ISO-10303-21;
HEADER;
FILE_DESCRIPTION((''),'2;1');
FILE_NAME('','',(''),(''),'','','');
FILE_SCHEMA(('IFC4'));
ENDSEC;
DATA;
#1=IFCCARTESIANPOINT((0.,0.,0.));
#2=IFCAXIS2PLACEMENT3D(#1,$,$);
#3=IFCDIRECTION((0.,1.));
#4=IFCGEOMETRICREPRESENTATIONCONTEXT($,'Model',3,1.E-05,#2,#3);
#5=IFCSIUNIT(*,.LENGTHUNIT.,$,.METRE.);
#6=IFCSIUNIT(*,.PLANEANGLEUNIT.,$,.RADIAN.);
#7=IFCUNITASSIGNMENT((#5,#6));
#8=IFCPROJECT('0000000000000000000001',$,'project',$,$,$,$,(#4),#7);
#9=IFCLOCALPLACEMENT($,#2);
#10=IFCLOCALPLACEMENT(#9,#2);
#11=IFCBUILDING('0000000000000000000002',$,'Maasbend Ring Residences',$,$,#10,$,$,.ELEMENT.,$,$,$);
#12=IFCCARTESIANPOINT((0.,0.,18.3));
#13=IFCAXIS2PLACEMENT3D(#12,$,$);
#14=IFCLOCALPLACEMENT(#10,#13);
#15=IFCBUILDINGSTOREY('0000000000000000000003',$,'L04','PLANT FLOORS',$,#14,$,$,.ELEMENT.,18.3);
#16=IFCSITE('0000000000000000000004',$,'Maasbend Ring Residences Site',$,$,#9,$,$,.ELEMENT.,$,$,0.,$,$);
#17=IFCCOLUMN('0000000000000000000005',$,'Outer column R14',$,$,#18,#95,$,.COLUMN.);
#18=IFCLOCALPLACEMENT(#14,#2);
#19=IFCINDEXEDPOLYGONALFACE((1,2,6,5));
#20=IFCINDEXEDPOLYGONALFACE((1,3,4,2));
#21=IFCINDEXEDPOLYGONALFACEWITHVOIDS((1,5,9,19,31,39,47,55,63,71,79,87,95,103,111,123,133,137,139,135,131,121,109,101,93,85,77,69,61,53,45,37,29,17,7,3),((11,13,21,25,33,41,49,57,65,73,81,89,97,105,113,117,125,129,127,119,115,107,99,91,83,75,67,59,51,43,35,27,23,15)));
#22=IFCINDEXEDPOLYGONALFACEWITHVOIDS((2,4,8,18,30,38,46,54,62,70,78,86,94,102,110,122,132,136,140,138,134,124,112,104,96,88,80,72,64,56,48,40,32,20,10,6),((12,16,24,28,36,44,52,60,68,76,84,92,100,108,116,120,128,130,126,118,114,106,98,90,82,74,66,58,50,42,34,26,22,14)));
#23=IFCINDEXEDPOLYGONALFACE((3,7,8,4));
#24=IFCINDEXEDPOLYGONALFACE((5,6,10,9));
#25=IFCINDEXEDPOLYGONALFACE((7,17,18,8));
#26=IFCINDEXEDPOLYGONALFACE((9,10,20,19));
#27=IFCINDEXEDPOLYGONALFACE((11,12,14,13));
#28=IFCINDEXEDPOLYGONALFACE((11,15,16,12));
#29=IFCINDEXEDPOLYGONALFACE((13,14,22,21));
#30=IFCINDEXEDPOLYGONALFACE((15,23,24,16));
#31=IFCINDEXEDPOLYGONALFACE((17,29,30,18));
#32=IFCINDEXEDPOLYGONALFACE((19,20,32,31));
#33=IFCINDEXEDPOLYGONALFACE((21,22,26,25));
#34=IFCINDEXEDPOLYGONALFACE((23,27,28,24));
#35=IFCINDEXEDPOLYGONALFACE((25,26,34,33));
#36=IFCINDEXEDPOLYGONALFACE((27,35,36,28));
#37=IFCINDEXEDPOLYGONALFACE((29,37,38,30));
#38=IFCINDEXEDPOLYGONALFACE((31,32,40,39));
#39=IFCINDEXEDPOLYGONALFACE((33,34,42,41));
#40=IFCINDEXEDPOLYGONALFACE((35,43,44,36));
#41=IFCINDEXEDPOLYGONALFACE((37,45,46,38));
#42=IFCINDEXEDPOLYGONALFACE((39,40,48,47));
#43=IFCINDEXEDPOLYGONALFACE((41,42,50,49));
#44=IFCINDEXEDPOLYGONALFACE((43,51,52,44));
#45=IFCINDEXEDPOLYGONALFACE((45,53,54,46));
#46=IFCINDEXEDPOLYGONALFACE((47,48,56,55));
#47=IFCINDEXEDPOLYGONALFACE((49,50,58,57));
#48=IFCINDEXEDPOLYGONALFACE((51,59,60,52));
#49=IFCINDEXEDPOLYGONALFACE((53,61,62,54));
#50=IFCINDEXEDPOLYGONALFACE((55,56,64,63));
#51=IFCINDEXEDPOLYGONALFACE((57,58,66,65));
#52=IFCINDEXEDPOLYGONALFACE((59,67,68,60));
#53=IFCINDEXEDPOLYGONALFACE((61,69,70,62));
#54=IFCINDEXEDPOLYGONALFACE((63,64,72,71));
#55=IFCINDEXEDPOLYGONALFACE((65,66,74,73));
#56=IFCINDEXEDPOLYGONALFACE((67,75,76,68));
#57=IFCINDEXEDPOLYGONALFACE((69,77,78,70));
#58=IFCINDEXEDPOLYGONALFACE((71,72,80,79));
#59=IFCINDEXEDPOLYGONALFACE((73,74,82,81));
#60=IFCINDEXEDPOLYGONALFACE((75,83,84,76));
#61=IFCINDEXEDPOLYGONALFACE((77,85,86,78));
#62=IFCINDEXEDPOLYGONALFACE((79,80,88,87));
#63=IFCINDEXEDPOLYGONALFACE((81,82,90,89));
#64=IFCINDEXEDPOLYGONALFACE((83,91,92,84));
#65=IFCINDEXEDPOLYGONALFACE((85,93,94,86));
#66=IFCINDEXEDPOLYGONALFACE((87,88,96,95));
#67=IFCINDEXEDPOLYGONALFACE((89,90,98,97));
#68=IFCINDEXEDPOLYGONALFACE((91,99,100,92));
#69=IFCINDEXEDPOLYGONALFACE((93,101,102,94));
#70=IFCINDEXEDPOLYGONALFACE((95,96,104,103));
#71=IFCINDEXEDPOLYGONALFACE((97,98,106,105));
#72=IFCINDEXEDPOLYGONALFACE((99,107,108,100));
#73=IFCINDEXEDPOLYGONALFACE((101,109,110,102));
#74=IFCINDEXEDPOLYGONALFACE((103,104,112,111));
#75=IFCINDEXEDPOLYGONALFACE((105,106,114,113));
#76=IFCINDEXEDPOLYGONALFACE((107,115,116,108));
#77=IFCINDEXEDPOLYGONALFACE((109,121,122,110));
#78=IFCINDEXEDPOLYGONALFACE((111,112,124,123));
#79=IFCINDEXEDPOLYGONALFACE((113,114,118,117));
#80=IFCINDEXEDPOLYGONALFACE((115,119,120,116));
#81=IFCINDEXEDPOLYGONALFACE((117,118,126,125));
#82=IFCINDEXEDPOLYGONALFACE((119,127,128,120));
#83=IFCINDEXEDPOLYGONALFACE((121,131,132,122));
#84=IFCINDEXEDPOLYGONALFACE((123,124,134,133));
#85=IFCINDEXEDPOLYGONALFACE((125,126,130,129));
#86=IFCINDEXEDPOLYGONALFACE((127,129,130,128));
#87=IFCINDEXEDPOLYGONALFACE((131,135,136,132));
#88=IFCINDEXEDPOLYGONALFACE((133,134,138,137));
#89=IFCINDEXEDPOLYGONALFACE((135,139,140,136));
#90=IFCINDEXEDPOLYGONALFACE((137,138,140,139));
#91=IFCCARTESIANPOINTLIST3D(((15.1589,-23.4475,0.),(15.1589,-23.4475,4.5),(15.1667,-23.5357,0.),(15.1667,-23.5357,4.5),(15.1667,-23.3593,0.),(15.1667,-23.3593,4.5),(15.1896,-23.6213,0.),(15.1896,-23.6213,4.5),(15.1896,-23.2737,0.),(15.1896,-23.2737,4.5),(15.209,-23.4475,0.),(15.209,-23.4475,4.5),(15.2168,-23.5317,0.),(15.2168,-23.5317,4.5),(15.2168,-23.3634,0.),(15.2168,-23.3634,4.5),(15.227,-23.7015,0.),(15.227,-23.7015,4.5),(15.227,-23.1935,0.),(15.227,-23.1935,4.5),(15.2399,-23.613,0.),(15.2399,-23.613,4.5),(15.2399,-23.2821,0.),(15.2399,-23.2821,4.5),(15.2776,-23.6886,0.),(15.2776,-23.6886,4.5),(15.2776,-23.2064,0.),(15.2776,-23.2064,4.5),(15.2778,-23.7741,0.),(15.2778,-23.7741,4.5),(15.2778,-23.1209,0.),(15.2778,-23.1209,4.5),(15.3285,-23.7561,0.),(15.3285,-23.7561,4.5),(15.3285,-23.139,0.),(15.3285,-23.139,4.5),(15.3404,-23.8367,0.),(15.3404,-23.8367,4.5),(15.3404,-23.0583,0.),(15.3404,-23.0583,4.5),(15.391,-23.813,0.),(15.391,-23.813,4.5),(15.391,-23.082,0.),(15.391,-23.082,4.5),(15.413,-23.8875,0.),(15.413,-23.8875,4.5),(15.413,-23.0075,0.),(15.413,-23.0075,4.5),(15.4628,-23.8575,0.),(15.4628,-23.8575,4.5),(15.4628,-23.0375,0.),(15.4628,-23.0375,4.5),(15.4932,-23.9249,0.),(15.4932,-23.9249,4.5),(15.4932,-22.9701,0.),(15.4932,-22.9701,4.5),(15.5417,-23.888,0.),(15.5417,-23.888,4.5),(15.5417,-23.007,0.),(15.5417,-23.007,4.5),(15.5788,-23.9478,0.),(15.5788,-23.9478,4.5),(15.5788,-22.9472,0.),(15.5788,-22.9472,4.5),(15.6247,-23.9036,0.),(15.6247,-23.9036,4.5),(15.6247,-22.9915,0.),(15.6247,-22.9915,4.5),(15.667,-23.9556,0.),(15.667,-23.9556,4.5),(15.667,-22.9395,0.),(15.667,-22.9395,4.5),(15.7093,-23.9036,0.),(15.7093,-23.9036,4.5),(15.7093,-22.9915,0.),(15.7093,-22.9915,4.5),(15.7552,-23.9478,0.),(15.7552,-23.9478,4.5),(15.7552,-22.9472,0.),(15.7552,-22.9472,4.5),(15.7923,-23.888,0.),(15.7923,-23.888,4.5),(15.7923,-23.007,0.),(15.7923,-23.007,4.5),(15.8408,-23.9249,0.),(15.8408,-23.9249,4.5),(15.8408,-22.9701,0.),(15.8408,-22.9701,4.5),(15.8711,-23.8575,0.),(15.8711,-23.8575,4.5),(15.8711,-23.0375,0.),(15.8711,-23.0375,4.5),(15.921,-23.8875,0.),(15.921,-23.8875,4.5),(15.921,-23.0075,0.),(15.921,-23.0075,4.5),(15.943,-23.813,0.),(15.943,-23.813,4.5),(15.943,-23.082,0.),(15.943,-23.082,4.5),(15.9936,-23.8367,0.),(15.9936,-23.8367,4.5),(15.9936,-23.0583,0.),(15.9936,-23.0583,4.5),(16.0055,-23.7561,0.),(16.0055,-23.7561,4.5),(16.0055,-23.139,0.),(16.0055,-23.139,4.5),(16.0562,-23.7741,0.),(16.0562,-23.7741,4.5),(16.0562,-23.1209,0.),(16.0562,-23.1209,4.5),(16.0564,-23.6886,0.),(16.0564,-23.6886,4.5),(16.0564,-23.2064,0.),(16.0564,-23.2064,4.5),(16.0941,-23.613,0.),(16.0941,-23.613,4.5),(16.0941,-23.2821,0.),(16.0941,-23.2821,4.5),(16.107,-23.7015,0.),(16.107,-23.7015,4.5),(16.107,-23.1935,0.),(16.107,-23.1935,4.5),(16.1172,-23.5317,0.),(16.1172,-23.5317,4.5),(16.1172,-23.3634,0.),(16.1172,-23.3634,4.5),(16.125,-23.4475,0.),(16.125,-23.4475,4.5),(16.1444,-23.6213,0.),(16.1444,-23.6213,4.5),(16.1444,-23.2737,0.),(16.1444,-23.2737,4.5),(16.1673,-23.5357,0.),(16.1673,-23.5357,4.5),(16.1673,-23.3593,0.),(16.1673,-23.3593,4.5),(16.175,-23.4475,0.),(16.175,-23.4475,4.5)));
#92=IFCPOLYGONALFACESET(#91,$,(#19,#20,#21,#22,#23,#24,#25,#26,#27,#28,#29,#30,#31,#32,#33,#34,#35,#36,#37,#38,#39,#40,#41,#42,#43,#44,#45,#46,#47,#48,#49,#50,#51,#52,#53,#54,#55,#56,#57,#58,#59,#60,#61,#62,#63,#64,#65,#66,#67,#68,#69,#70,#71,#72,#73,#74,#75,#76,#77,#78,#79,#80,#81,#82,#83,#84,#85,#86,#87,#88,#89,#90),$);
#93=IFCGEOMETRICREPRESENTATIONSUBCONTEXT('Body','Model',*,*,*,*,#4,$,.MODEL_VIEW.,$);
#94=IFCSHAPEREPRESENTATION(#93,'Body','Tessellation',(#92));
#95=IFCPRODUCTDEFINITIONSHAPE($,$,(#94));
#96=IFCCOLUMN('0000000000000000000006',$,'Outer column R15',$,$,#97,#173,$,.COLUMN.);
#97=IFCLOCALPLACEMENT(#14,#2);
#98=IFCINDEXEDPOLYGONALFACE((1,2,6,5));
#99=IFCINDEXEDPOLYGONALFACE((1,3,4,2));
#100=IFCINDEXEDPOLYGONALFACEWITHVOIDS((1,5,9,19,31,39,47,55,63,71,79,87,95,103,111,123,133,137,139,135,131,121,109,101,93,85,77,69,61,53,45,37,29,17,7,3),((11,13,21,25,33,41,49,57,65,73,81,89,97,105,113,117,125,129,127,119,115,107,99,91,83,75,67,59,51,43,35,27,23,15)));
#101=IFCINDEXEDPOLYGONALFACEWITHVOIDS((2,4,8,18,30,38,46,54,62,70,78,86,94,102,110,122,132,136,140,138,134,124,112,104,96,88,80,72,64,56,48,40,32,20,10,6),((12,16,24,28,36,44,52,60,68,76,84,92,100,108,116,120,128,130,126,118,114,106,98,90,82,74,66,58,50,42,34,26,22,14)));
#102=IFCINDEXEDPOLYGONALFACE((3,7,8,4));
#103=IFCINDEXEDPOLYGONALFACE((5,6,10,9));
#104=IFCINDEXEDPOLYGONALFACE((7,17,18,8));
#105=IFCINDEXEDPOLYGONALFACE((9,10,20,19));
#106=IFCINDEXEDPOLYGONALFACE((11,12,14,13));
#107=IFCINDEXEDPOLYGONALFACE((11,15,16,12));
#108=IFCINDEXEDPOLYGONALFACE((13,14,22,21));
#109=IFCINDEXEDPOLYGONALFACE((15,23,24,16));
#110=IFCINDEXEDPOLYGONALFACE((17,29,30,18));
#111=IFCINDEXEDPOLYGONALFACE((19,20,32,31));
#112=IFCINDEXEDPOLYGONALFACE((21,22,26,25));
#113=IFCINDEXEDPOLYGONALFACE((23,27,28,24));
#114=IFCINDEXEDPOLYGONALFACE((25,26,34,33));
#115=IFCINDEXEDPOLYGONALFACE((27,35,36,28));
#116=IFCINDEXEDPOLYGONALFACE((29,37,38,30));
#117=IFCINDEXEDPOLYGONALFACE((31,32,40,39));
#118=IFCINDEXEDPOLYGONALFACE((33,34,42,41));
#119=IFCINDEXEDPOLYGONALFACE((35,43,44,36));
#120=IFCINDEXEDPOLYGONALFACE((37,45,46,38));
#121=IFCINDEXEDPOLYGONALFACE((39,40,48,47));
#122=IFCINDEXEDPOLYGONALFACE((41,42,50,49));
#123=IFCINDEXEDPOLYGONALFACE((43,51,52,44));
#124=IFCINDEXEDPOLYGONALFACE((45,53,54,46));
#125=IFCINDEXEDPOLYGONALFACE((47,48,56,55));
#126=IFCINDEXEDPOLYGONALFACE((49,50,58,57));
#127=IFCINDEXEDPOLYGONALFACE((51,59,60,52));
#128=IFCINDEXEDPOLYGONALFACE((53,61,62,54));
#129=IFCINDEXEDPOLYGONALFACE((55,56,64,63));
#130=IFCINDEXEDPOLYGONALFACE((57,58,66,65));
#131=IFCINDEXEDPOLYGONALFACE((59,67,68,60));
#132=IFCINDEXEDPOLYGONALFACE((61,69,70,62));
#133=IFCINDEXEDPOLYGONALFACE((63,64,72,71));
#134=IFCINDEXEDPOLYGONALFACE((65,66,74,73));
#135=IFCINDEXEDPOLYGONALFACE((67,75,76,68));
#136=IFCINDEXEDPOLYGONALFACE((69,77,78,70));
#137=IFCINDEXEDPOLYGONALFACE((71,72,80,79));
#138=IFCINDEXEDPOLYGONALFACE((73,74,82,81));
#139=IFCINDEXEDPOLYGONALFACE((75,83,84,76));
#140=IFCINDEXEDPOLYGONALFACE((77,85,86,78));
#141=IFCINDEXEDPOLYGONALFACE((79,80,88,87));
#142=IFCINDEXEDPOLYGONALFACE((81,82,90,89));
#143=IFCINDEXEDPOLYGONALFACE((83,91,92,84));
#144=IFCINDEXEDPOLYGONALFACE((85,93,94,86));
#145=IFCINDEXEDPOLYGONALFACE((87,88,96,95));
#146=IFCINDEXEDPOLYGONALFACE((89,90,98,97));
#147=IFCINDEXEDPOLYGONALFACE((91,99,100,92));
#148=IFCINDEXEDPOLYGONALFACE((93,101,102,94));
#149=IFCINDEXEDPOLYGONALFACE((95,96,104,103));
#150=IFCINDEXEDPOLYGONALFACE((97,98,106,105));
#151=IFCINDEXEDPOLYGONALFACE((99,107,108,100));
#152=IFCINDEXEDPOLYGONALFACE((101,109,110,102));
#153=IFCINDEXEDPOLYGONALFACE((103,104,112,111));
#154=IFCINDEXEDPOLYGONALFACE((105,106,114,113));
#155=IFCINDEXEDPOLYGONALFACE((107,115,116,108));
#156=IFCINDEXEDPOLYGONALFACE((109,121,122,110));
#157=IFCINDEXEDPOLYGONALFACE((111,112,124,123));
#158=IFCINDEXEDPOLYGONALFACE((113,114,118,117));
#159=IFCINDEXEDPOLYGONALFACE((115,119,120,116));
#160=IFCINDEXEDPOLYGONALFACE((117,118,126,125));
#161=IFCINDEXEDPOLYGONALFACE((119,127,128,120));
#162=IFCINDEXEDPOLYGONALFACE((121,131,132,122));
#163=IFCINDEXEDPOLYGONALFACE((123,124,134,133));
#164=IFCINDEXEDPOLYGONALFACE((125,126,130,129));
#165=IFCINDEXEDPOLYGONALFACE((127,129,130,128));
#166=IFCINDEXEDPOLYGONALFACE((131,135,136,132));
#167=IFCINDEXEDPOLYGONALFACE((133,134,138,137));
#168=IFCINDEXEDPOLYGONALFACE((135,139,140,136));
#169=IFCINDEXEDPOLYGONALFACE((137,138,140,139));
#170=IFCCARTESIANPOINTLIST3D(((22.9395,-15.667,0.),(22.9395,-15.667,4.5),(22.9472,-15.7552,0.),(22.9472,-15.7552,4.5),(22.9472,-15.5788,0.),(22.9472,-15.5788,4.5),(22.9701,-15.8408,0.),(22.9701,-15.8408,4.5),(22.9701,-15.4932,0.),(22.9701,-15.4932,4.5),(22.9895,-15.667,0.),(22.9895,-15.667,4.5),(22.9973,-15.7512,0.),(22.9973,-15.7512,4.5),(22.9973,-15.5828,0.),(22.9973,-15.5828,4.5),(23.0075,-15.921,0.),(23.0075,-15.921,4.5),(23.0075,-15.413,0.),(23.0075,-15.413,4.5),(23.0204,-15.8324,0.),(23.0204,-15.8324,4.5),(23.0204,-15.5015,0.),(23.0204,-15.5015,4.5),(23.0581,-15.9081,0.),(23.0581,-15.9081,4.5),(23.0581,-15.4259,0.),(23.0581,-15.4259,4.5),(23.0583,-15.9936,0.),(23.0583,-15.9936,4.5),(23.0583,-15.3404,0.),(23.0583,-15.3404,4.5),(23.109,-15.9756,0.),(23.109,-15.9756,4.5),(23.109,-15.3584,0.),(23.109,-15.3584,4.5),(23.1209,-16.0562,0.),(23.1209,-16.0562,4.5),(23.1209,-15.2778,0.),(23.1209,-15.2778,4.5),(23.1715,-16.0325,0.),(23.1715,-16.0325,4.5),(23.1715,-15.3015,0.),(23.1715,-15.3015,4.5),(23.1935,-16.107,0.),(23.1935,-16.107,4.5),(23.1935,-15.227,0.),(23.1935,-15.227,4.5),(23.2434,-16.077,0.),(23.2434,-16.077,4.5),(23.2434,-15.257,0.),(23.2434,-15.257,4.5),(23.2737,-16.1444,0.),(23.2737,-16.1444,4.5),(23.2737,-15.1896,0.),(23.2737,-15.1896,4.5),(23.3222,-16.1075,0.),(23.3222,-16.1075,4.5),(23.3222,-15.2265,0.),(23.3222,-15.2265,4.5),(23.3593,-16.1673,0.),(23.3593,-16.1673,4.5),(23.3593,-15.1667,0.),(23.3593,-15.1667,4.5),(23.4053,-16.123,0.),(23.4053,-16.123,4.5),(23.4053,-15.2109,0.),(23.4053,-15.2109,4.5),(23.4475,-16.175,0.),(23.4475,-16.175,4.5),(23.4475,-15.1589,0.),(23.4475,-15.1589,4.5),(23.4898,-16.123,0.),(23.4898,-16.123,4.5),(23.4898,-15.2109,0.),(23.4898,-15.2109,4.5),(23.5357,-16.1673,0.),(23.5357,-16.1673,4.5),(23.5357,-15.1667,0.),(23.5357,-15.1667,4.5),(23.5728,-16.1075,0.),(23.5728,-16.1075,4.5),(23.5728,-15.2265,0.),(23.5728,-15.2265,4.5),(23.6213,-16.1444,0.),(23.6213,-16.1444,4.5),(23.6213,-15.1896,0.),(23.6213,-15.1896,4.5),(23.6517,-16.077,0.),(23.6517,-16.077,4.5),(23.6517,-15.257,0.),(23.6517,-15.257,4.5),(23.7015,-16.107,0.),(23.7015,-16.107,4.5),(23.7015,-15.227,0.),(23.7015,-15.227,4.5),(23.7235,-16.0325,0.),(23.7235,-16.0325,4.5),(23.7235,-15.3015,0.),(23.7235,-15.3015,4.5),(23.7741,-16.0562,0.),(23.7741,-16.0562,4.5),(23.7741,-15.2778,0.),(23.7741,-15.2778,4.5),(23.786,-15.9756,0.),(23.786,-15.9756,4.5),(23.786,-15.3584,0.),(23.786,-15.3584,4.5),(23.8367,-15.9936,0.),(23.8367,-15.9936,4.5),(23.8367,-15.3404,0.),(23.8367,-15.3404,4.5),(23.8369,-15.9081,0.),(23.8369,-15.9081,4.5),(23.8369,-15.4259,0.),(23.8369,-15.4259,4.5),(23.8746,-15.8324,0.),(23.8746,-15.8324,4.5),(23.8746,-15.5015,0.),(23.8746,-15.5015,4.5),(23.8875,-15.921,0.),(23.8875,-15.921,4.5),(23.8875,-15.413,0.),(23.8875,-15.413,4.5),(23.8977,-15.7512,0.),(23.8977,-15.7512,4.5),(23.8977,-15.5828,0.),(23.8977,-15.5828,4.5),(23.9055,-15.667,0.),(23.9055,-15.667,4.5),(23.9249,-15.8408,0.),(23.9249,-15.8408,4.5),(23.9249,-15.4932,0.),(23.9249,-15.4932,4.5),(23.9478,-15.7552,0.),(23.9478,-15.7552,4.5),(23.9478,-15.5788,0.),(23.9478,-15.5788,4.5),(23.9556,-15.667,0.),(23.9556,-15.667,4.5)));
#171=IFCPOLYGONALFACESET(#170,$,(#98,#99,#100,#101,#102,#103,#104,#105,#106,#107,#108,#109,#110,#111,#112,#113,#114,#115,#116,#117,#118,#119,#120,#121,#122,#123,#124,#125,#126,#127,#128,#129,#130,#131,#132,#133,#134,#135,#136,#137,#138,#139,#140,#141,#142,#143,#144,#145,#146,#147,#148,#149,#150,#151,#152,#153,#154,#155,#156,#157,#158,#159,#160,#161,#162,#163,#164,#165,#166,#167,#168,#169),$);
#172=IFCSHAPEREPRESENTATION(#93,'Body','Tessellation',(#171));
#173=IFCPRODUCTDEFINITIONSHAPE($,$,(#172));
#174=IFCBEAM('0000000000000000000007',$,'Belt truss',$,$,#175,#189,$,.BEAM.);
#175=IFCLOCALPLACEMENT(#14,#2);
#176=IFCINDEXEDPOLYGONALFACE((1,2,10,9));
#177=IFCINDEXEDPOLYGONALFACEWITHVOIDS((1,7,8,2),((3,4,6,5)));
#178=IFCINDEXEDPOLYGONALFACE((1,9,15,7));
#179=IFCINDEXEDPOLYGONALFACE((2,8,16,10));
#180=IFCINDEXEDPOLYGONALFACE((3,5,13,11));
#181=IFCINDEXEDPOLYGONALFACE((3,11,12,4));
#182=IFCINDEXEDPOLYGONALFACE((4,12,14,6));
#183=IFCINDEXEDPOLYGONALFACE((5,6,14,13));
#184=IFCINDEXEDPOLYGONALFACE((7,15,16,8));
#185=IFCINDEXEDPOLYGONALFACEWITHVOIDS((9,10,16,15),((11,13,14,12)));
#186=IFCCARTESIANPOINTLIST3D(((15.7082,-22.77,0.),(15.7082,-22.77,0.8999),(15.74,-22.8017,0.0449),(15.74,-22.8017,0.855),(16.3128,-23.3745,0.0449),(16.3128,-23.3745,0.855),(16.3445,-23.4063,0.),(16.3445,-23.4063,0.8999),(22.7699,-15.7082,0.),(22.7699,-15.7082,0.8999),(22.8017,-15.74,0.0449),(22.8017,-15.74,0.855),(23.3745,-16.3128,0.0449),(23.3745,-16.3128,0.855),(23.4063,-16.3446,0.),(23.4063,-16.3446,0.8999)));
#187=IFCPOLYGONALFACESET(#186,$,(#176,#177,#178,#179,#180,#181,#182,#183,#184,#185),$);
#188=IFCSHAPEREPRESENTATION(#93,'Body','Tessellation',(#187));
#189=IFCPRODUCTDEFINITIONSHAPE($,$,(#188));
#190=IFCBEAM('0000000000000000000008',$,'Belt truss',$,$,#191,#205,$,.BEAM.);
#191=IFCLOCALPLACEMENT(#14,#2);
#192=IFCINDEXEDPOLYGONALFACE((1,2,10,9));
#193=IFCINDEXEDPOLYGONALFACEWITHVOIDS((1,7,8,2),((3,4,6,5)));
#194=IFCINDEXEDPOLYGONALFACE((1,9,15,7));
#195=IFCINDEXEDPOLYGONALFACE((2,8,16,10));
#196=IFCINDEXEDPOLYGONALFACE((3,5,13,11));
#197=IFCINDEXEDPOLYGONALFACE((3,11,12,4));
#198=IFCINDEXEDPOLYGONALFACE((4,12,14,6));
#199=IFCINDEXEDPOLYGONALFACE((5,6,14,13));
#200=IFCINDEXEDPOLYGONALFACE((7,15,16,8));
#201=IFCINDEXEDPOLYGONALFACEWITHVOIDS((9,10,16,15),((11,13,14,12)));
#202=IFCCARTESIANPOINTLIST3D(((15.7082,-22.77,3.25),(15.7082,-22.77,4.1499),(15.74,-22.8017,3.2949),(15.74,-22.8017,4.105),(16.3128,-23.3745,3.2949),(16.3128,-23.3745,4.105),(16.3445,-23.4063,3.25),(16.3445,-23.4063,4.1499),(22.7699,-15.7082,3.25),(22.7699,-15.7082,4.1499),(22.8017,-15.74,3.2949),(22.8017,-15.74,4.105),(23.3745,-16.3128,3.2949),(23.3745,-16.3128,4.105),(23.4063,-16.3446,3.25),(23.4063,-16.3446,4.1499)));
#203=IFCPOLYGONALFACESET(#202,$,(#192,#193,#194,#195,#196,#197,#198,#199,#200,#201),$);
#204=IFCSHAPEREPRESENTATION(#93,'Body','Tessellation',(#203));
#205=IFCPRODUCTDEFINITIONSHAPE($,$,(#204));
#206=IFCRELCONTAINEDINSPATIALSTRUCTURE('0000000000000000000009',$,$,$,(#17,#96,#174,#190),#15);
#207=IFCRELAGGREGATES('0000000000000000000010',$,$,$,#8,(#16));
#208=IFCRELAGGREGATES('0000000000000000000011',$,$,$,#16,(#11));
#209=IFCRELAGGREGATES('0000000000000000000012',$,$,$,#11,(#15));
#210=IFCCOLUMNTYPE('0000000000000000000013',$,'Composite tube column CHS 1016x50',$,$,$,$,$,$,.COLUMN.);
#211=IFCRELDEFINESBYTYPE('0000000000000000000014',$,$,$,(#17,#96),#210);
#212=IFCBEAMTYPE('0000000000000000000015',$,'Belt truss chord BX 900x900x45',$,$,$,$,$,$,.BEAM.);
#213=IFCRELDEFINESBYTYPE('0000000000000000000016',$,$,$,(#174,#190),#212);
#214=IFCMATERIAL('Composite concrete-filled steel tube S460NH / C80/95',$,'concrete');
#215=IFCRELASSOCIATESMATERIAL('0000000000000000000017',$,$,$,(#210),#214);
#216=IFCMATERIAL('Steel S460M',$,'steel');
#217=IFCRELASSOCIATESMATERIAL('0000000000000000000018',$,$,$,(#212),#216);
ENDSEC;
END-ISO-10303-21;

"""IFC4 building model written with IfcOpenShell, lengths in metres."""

from ifc_helpers import new_model, si_unit, direction, frame, origin, origin_2d, place, context, subcontext, project, spatial, hollow_rectangle, hollow_circle, extrude, material, material_profile, profile_set, type_object, element, save


model = new_model("IFC4")

# Units and contexts
model_context = context("Model", 3, precision=1e-05, world=origin(), true_north=direction((0.0, 1.0)))
body_context = subcontext(model_context, "Body", "Model", "MODEL_VIEW")
ifc_project = project(units=[si_unit("LENGTHUNIT", "METRE"), si_unit("PLANEANGLEUNIT", "RADIAN")], contexts=[model_context])

# Site, building, storey
site_placement = place(None, origin())
site = spatial("IfcSite", under=ifc_project, at=site_placement, Name="Maasbend Ring Residences Site", CompositionType="ELEMENT", RefElevation=0.0)
building_placement = place(site_placement, origin())
building = spatial("IfcBuilding", under=site, at=building_placement, Name="Maasbend Ring Residences", CompositionType="ELEMENT")
storey_placement = place(building_placement, frame((0.0, 0.0, 18.3)))
storey = spatial("IfcBuildingStorey", under=building, at=storey_placement, Name="L04", Description="PLANT FLOORS", CompositionType="ELEMENT", Elevation=18.3)

# Columns
ifc_material_1 = material(Name="Composite concrete-filled steel tube S460NH / C80/95", Category="concrete")
ifc_material_profile_1 = material_profile(ifc_material_1, hollow_circle(Radius=0.5081, WallThickness=0.05, at=origin_2d()), Name="Composite tube column CHS 1016x50")
ifc_profile_set_1 = profile_set([ifc_material_profile_1], Name="Composite concrete-filled steel tube S460NH / C80/95")
column_type = type_object("IfcColumnType", Name="Composite tube column CHS 1016x50", PredefinedType="COLUMN", material=ifc_profile_set_1)
for number, where, z_axis, x_axis, name in (
    (1, (15.667, -23.4475, 0.0), (0.0, 0.0, 1.0), (1.0, 0.0, 0.0), "Outer column R14"),
    (2, (23.4475, -15.667, 0.0), (0.0, 0.0, 1.0), (1.0, 0.0, 0.0), "Outer column R15"),
):
    element("IfcColumn", number, at=place(storey_placement, frame(where, z_axis=z_axis, x_axis=x_axis)), inside=storey, type_object=column_type, Name=name, PredefinedType="COLUMN", context=body_context, shape_type="SweptSolid", body=[
        extrude(hollow_circle(Radius=0.5081, WallThickness=0.05, at=origin_2d()), origin(), (0.0, 0.0, 1.0), 4.5),
    ])

# Beams
ifc_material_2 = material(Name="Steel S460M", Category="steel")
ifc_material_profile_2 = material_profile(ifc_material_2, hollow_rectangle(XDim=0.8999, YDim=0.8999, WallThickness=0.0449, at=origin_2d()), Name="Belt truss chord BX 900x900x45")
ifc_profile_set_2 = profile_set([ifc_material_profile_2], Name="Steel S460M")
beam_type_1 = type_object("IfcBeamType", Name="Belt truss chord BX 900x900x45", PredefinedType="BEAM", material=ifc_profile_set_2)
for number, where, z_axis, x_axis, name in (
    (3, (16.0264, -23.0881, 0.45), (0.707107, 0.707107, 0.0), (-0.707107, 0.707107, 0.0), "Belt truss"),
    (4, (16.0264, -23.0881, 3.7), (0.707107, 0.707107, 0.0), (-0.707107, 0.707107, 0.0), "Belt truss"),
):
    element("IfcBeam", number, at=place(storey_placement, frame(where, z_axis=z_axis, x_axis=x_axis)), inside=storey, type_object=beam_type_1, Name=name, PredefinedType="BEAM", context=body_context, shape_type="SweptSolid", body=[
        extrude(hollow_rectangle(XDim=0.8999, YDim=0.8999, WallThickness=0.0449, at=origin_2d()), origin(), (0.0, 0.0, 1.0), 9.9868),
    ])

save(model, "model.ifc")
